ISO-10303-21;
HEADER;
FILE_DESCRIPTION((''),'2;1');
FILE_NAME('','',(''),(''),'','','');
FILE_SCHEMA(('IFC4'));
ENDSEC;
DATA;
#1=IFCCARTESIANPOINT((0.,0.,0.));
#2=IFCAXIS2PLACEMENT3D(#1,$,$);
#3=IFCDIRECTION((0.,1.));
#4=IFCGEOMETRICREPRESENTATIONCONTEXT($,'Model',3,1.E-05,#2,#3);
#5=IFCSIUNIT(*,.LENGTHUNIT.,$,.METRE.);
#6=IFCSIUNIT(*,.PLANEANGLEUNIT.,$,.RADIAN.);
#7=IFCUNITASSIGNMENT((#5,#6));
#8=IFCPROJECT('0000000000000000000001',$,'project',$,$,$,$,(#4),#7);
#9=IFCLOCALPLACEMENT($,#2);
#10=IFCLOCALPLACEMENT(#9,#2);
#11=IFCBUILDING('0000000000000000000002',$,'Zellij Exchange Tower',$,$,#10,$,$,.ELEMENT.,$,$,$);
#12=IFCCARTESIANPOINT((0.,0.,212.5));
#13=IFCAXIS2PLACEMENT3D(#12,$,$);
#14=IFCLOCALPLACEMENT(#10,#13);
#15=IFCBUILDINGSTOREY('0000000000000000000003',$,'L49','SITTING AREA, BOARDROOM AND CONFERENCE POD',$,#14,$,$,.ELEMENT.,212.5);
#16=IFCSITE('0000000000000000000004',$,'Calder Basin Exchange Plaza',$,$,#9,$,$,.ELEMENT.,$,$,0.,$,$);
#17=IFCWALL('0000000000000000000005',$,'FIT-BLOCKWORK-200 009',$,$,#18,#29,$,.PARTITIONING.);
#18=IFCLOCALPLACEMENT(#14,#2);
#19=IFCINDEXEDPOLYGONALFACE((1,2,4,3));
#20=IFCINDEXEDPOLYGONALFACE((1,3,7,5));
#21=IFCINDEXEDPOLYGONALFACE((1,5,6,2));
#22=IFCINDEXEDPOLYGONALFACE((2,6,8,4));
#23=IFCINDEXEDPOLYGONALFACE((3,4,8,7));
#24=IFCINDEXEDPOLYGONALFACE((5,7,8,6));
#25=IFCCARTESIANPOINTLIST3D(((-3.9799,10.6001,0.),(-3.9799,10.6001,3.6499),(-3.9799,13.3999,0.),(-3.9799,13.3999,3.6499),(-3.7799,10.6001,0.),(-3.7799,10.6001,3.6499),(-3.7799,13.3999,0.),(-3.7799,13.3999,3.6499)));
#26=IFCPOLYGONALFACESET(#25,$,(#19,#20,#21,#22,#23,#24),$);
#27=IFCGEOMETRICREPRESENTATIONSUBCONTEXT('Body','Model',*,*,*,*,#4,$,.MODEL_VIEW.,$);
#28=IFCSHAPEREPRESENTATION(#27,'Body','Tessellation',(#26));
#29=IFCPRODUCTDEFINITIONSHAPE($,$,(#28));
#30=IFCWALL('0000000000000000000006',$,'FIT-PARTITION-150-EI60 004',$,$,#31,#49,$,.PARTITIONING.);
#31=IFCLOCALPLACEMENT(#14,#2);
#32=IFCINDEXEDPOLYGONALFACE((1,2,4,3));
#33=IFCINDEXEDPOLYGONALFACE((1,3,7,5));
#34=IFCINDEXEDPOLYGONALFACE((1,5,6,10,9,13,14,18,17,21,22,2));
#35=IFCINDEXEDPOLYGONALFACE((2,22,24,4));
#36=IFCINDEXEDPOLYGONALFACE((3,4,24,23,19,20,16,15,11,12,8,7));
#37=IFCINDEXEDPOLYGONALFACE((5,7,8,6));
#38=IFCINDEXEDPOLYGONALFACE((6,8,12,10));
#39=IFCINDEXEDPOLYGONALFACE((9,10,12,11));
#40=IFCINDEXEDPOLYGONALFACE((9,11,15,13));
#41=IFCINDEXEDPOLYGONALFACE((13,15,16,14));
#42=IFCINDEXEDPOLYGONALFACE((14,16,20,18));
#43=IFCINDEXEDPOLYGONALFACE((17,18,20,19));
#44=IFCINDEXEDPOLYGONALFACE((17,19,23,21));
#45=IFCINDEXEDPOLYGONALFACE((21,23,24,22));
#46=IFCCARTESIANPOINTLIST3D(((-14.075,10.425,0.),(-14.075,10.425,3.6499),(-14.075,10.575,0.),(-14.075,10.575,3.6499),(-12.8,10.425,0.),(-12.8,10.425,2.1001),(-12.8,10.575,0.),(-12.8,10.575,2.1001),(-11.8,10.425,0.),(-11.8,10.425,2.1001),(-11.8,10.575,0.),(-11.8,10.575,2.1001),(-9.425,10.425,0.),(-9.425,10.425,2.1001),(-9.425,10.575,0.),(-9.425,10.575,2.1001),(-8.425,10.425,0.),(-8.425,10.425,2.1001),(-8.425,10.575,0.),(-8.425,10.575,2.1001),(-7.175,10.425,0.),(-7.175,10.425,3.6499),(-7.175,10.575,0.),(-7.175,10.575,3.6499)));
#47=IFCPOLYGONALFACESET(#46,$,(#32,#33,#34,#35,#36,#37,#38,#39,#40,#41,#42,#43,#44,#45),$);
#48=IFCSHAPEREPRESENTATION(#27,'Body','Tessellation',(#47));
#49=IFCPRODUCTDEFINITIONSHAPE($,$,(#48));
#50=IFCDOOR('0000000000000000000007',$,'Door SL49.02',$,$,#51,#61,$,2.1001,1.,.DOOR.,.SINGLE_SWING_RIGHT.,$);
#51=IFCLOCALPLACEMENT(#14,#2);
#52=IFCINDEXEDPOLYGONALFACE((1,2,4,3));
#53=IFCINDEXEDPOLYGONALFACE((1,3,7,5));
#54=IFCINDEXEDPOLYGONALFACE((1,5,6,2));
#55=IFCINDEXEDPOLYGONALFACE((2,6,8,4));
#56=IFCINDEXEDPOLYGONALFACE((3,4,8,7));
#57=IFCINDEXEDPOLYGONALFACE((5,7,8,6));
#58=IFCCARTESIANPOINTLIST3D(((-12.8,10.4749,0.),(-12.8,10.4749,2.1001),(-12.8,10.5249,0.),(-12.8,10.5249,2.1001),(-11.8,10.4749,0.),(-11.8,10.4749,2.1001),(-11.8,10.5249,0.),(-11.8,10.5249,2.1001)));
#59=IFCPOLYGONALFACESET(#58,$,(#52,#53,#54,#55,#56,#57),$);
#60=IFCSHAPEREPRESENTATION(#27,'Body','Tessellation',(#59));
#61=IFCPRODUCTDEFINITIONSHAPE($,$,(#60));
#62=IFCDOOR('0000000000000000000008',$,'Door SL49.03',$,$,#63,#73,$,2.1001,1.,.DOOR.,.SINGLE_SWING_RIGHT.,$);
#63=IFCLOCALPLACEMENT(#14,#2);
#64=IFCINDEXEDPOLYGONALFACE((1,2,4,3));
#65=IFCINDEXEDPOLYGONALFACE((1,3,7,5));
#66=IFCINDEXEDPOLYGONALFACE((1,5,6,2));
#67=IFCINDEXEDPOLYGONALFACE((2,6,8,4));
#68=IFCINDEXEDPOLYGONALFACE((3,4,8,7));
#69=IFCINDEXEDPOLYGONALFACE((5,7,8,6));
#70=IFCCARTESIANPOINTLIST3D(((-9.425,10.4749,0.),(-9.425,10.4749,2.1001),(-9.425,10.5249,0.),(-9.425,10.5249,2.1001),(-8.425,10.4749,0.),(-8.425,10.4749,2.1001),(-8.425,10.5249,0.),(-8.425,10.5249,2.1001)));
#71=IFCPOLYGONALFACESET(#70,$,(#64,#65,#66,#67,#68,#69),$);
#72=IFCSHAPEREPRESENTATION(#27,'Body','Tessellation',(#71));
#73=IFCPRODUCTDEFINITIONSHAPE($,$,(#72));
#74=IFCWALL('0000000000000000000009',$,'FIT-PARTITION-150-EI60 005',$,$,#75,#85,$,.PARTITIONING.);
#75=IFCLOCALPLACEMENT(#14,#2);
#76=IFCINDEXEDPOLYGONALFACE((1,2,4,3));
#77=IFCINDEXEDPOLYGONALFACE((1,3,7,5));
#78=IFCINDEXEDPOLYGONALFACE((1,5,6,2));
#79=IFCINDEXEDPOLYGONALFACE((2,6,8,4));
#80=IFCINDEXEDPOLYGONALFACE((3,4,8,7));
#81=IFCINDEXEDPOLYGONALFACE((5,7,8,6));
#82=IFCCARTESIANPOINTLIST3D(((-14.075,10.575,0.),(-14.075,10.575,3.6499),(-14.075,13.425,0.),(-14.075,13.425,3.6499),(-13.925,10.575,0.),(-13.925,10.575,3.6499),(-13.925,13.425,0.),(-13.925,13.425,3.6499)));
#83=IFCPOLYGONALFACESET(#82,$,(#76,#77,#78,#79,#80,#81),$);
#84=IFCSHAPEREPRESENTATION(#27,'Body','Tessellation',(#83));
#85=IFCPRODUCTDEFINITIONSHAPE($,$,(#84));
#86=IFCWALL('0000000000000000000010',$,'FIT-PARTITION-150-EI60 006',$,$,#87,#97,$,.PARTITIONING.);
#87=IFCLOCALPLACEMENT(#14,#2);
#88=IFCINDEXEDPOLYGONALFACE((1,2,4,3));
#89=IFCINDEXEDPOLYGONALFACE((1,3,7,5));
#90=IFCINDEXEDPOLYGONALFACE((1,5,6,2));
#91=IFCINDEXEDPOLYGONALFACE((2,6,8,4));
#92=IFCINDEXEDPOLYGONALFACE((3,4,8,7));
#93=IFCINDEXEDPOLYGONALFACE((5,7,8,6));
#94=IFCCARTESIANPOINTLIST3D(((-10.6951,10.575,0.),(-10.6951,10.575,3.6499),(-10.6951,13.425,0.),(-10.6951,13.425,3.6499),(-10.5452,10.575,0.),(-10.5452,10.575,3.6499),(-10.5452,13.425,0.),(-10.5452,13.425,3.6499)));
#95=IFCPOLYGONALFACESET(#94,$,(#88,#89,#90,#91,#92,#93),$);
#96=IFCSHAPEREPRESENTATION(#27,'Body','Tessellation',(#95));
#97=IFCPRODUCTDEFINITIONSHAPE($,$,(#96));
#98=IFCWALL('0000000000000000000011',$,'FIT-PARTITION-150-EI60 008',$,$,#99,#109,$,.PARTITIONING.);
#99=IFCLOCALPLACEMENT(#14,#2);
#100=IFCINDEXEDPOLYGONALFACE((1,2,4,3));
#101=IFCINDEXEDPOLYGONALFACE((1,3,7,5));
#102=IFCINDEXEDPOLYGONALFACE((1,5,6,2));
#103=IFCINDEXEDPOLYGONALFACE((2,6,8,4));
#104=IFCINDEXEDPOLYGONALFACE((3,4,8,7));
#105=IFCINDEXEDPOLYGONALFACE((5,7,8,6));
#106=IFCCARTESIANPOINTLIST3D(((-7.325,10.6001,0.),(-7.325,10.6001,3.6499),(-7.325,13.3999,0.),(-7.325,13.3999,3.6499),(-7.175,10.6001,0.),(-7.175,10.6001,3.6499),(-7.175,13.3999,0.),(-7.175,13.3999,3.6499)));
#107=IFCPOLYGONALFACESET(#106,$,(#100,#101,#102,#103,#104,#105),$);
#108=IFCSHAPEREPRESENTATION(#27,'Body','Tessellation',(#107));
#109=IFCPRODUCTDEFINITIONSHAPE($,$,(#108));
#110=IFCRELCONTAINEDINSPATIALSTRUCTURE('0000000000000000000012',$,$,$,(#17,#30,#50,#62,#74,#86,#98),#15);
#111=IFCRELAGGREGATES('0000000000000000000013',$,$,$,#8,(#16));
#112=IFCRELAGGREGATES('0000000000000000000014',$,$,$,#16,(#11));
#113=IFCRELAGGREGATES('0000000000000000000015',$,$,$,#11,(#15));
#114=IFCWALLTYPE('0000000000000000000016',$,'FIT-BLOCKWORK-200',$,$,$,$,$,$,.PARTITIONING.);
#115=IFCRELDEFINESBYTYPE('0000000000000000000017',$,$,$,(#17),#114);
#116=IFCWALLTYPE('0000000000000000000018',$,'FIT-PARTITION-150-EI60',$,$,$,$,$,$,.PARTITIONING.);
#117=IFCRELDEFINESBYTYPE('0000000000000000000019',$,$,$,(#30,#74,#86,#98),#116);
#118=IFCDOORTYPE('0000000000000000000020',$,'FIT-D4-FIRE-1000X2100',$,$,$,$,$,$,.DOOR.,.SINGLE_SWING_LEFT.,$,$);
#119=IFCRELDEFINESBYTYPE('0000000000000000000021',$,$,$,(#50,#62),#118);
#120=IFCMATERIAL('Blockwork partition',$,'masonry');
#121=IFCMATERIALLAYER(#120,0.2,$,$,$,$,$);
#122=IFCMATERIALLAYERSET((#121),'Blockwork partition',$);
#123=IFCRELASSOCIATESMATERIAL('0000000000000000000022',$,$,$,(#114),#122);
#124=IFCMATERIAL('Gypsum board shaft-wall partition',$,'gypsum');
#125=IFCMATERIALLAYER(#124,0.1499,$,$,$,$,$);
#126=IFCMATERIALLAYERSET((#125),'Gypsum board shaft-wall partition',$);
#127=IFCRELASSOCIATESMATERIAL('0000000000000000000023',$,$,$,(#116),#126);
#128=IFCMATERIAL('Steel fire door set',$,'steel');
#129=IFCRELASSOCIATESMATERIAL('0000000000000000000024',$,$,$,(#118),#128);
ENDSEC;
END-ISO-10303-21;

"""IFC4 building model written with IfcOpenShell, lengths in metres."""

from ifc_helpers import new_model, si_unit, direction, frame, frame_2d, origin, place, context, subcontext, project, spatial, rectangle, extrude, material, layer, layer_set, type_object, element, fill, save


model = new_model("IFC4")

# Units and contexts
model_context = context("Model", 3, precision=1e-05, world=origin(), true_north=direction((0.0, 1.0)))
body_context = subcontext(model_context, "Body", "Model", "MODEL_VIEW")
ifc_project = project(units=[si_unit("LENGTHUNIT", "METRE"), si_unit("PLANEANGLEUNIT", "RADIAN")], contexts=[model_context])

# Site, building, storey
site_placement = place(None, origin())
site = spatial("IfcSite", under=ifc_project, at=site_placement, Name="Calder Basin Exchange Plaza", CompositionType="ELEMENT", RefElevation=0.0)
building_placement = place(site_placement, origin())
building = spatial("IfcBuilding", under=site, at=building_placement, Name="Zellij Exchange Tower", CompositionType="ELEMENT")
storey_placement = place(building_placement, frame((0.0, 0.0, 212.5)))
storey = spatial("IfcBuildingStorey", under=building, at=storey_placement, Name="L49", Description="SITTING AREA, BOARDROOM AND CONFERENCE POD", CompositionType="ELEMENT", Elevation=212.5)

# Shared definitions
ifc_material_1 = material(Name="Blockwork partition", Category="masonry")
ifc_layer_1 = layer(ifc_material_1, 0.2)
ifc_layer_set_1 = layer_set([ifc_layer_1], Name="Blockwork partition")
wall_type_1 = type_object("IfcWallType", Name="FIT-BLOCKWORK-200", PredefinedType="PARTITIONING", material=ifc_layer_set_1)

# Wall
wall_1_placement = place(storey_placement, frame((-3.8799, 10.6001, 0.0), z_axis=(0.0, 0.0, 1.0), x_axis=(0.0, 1.0, 0.0)))
element("IfcWall", 1, at=wall_1_placement, inside=storey, type_object=wall_type_1, Name="FIT-BLOCKWORK-200 009", PredefinedType="PARTITIONING", context=body_context, shape_type="SweptSolid", body=[
    extrude(rectangle(XDim=2.7998, YDim=0.2, at=frame_2d((1.3999, 0.0))), origin(), (0.0, 0.0, 1.0), 3.6499),
])

# Wall, openings, doors
ifc_material_2 = material(Name="Gypsum board shaft-wall partition", Category="gypsum")
ifc_layer_2 = layer(ifc_material_2, 0.1499)
ifc_layer_set_2 = layer_set([ifc_layer_2], Name="Gypsum board shaft-wall partition")
wall_type_2 = type_object("IfcWallType", Name="FIT-PARTITION-150-EI60", PredefinedType="PARTITIONING", material=ifc_layer_set_2)
wall_2_placement = place(storey_placement, frame((-14.075, 10.5, 0.0), z_axis=(0.0, 0.0, 1.0), x_axis=(1.0, 0.0, 0.0)))
wall_2 = element("IfcWall", 2, at=wall_2_placement, inside=storey, type_object=wall_type_2, Name="FIT-PARTITION-150-EI60 004", PredefinedType="PARTITIONING", context=body_context, shape_type="SweptSolid", body=[
    extrude(rectangle(XDim=6.8999, YDim=0.1499, at=frame_2d((3.45, 0.0))), origin(), (0.0, 0.0, 1.0), 3.6499),
])
opening_1_placement = place(wall_2_placement, frame((1.2749, 0.0, 0.0)))
opening_1 = element("IfcOpeningElement", 3, at=opening_1_placement, cuts=wall_2, PredefinedType="OPENING", context=body_context, shape_type="SweptSolid", body=[
    extrude(rectangle(XDim=1.0, YDim=2.1001, at=frame_2d((0.5, 1.05))), frame((0.0, 0.0869, 0.0), z_axis=(0.0, -1.0, 0.0), x_axis=(1.0, 0.0, 0.0)), (0.0, 0.0, 1.0), 0.1738),
])
opening_2_placement = place(wall_2_placement, frame((4.6499, 0.0, 0.0)))
opening_2 = element("IfcOpeningElement", 4, at=opening_2_placement, cuts=wall_2, PredefinedType="OPENING", context=body_context, shape_type="SweptSolid", body=[
    extrude(rectangle(XDim=1.0, YDim=2.1001, at=frame_2d((0.5, 1.05))), frame((0.0, 0.0869, 0.0), z_axis=(0.0, -1.0, 0.0), x_axis=(1.0, 0.0, 0.0)), (0.0, 0.0, 1.0), 0.1738),
])
ifc_material_3 = material(Name="Steel fire door set", Category="steel")
door_type_1 = type_object("IfcDoorType", Name="FIT-D4-FIRE-1000X2100", OperationType="SINGLE_SWING_LEFT", PredefinedType="DOOR", material=ifc_material_3)
door_1_placement = place(opening_1_placement, origin())
door_1 = element("IfcDoor", 5, at=door_1_placement, inside=storey, type_object=door_type_1, Name="Door SL49.02", OperationType="SINGLE_SWING_RIGHT", OverallHeight=2.1001, OverallWidth=1.0, PredefinedType="DOOR", context=body_context, shape_type="SweptSolid", body=[
    extrude(rectangle(XDim=1.0, YDim=2.1001, at=frame_2d((0.5, 1.05))), frame((0.0, 0.0249, 0.0), z_axis=(0.0, -1.0, 0.0), x_axis=(1.0, 0.0, 0.0)), (0.0, 0.0, 1.0), 0.05),
])
fill(opening_1, door_1)
door_2_placement = place(opening_2_placement, origin())
door_2 = element("IfcDoor", 6, at=door_2_placement, inside=storey, type_object=door_type_1, Name="Door SL49.03", OperationType="SINGLE_SWING_RIGHT", OverallHeight=2.1001, OverallWidth=1.0, PredefinedType="DOOR", context=body_context, shape_type="SweptSolid", body=[
    extrude(rectangle(XDim=1.0, YDim=2.1001, at=frame_2d((0.5, 1.05))), frame((0.0, 0.0249, 0.0), z_axis=(0.0, -1.0, 0.0), x_axis=(1.0, 0.0, 0.0)), (0.0, 0.0, 1.0), 0.05),
])
fill(opening_2, door_2)

# Walls
for number, where, z_axis, x_axis, name in (
    (7, (-14.0, 10.575, 0.0), (0.0, 0.0, 1.0), (0.0, 1.0, 0.0), "FIT-PARTITION-150-EI60 005"),
    (8, (-10.6201, 10.575, 0.0), (0.0, 0.0, 1.0), (0.0, 1.0, 0.0), "FIT-PARTITION-150-EI60 006"),
):
    element("IfcWall", number, at=place(storey_placement, frame(where, z_axis=z_axis, x_axis=x_axis)), inside=storey, type_object=wall_type_2, Name=name, PredefinedType="PARTITIONING", context=body_context, shape_type="SweptSolid", body=[
        extrude(rectangle(XDim=2.8501, YDim=0.1499, at=frame_2d((1.425, 0.0))), origin(), (0.0, 0.0, 1.0), 3.6499),
    ])
wall_3_placement = place(storey_placement, frame((-7.25, 10.6001, 0.0), z_axis=(0.0, 0.0, 1.0), x_axis=(0.0, 1.0, 0.0)))
element("IfcWall", 9, at=wall_3_placement, inside=storey, type_object=wall_type_2, Name="FIT-PARTITION-150-EI60 008", PredefinedType="PARTITIONING", context=body_context, shape_type="SweptSolid", body=[
    extrude(rectangle(XDim=2.7998, YDim=0.1499, at=frame_2d((1.3999, 0.0))), origin(), (0.0, 0.0, 1.0), 3.6499),
])

save(model, "model.ifc")
